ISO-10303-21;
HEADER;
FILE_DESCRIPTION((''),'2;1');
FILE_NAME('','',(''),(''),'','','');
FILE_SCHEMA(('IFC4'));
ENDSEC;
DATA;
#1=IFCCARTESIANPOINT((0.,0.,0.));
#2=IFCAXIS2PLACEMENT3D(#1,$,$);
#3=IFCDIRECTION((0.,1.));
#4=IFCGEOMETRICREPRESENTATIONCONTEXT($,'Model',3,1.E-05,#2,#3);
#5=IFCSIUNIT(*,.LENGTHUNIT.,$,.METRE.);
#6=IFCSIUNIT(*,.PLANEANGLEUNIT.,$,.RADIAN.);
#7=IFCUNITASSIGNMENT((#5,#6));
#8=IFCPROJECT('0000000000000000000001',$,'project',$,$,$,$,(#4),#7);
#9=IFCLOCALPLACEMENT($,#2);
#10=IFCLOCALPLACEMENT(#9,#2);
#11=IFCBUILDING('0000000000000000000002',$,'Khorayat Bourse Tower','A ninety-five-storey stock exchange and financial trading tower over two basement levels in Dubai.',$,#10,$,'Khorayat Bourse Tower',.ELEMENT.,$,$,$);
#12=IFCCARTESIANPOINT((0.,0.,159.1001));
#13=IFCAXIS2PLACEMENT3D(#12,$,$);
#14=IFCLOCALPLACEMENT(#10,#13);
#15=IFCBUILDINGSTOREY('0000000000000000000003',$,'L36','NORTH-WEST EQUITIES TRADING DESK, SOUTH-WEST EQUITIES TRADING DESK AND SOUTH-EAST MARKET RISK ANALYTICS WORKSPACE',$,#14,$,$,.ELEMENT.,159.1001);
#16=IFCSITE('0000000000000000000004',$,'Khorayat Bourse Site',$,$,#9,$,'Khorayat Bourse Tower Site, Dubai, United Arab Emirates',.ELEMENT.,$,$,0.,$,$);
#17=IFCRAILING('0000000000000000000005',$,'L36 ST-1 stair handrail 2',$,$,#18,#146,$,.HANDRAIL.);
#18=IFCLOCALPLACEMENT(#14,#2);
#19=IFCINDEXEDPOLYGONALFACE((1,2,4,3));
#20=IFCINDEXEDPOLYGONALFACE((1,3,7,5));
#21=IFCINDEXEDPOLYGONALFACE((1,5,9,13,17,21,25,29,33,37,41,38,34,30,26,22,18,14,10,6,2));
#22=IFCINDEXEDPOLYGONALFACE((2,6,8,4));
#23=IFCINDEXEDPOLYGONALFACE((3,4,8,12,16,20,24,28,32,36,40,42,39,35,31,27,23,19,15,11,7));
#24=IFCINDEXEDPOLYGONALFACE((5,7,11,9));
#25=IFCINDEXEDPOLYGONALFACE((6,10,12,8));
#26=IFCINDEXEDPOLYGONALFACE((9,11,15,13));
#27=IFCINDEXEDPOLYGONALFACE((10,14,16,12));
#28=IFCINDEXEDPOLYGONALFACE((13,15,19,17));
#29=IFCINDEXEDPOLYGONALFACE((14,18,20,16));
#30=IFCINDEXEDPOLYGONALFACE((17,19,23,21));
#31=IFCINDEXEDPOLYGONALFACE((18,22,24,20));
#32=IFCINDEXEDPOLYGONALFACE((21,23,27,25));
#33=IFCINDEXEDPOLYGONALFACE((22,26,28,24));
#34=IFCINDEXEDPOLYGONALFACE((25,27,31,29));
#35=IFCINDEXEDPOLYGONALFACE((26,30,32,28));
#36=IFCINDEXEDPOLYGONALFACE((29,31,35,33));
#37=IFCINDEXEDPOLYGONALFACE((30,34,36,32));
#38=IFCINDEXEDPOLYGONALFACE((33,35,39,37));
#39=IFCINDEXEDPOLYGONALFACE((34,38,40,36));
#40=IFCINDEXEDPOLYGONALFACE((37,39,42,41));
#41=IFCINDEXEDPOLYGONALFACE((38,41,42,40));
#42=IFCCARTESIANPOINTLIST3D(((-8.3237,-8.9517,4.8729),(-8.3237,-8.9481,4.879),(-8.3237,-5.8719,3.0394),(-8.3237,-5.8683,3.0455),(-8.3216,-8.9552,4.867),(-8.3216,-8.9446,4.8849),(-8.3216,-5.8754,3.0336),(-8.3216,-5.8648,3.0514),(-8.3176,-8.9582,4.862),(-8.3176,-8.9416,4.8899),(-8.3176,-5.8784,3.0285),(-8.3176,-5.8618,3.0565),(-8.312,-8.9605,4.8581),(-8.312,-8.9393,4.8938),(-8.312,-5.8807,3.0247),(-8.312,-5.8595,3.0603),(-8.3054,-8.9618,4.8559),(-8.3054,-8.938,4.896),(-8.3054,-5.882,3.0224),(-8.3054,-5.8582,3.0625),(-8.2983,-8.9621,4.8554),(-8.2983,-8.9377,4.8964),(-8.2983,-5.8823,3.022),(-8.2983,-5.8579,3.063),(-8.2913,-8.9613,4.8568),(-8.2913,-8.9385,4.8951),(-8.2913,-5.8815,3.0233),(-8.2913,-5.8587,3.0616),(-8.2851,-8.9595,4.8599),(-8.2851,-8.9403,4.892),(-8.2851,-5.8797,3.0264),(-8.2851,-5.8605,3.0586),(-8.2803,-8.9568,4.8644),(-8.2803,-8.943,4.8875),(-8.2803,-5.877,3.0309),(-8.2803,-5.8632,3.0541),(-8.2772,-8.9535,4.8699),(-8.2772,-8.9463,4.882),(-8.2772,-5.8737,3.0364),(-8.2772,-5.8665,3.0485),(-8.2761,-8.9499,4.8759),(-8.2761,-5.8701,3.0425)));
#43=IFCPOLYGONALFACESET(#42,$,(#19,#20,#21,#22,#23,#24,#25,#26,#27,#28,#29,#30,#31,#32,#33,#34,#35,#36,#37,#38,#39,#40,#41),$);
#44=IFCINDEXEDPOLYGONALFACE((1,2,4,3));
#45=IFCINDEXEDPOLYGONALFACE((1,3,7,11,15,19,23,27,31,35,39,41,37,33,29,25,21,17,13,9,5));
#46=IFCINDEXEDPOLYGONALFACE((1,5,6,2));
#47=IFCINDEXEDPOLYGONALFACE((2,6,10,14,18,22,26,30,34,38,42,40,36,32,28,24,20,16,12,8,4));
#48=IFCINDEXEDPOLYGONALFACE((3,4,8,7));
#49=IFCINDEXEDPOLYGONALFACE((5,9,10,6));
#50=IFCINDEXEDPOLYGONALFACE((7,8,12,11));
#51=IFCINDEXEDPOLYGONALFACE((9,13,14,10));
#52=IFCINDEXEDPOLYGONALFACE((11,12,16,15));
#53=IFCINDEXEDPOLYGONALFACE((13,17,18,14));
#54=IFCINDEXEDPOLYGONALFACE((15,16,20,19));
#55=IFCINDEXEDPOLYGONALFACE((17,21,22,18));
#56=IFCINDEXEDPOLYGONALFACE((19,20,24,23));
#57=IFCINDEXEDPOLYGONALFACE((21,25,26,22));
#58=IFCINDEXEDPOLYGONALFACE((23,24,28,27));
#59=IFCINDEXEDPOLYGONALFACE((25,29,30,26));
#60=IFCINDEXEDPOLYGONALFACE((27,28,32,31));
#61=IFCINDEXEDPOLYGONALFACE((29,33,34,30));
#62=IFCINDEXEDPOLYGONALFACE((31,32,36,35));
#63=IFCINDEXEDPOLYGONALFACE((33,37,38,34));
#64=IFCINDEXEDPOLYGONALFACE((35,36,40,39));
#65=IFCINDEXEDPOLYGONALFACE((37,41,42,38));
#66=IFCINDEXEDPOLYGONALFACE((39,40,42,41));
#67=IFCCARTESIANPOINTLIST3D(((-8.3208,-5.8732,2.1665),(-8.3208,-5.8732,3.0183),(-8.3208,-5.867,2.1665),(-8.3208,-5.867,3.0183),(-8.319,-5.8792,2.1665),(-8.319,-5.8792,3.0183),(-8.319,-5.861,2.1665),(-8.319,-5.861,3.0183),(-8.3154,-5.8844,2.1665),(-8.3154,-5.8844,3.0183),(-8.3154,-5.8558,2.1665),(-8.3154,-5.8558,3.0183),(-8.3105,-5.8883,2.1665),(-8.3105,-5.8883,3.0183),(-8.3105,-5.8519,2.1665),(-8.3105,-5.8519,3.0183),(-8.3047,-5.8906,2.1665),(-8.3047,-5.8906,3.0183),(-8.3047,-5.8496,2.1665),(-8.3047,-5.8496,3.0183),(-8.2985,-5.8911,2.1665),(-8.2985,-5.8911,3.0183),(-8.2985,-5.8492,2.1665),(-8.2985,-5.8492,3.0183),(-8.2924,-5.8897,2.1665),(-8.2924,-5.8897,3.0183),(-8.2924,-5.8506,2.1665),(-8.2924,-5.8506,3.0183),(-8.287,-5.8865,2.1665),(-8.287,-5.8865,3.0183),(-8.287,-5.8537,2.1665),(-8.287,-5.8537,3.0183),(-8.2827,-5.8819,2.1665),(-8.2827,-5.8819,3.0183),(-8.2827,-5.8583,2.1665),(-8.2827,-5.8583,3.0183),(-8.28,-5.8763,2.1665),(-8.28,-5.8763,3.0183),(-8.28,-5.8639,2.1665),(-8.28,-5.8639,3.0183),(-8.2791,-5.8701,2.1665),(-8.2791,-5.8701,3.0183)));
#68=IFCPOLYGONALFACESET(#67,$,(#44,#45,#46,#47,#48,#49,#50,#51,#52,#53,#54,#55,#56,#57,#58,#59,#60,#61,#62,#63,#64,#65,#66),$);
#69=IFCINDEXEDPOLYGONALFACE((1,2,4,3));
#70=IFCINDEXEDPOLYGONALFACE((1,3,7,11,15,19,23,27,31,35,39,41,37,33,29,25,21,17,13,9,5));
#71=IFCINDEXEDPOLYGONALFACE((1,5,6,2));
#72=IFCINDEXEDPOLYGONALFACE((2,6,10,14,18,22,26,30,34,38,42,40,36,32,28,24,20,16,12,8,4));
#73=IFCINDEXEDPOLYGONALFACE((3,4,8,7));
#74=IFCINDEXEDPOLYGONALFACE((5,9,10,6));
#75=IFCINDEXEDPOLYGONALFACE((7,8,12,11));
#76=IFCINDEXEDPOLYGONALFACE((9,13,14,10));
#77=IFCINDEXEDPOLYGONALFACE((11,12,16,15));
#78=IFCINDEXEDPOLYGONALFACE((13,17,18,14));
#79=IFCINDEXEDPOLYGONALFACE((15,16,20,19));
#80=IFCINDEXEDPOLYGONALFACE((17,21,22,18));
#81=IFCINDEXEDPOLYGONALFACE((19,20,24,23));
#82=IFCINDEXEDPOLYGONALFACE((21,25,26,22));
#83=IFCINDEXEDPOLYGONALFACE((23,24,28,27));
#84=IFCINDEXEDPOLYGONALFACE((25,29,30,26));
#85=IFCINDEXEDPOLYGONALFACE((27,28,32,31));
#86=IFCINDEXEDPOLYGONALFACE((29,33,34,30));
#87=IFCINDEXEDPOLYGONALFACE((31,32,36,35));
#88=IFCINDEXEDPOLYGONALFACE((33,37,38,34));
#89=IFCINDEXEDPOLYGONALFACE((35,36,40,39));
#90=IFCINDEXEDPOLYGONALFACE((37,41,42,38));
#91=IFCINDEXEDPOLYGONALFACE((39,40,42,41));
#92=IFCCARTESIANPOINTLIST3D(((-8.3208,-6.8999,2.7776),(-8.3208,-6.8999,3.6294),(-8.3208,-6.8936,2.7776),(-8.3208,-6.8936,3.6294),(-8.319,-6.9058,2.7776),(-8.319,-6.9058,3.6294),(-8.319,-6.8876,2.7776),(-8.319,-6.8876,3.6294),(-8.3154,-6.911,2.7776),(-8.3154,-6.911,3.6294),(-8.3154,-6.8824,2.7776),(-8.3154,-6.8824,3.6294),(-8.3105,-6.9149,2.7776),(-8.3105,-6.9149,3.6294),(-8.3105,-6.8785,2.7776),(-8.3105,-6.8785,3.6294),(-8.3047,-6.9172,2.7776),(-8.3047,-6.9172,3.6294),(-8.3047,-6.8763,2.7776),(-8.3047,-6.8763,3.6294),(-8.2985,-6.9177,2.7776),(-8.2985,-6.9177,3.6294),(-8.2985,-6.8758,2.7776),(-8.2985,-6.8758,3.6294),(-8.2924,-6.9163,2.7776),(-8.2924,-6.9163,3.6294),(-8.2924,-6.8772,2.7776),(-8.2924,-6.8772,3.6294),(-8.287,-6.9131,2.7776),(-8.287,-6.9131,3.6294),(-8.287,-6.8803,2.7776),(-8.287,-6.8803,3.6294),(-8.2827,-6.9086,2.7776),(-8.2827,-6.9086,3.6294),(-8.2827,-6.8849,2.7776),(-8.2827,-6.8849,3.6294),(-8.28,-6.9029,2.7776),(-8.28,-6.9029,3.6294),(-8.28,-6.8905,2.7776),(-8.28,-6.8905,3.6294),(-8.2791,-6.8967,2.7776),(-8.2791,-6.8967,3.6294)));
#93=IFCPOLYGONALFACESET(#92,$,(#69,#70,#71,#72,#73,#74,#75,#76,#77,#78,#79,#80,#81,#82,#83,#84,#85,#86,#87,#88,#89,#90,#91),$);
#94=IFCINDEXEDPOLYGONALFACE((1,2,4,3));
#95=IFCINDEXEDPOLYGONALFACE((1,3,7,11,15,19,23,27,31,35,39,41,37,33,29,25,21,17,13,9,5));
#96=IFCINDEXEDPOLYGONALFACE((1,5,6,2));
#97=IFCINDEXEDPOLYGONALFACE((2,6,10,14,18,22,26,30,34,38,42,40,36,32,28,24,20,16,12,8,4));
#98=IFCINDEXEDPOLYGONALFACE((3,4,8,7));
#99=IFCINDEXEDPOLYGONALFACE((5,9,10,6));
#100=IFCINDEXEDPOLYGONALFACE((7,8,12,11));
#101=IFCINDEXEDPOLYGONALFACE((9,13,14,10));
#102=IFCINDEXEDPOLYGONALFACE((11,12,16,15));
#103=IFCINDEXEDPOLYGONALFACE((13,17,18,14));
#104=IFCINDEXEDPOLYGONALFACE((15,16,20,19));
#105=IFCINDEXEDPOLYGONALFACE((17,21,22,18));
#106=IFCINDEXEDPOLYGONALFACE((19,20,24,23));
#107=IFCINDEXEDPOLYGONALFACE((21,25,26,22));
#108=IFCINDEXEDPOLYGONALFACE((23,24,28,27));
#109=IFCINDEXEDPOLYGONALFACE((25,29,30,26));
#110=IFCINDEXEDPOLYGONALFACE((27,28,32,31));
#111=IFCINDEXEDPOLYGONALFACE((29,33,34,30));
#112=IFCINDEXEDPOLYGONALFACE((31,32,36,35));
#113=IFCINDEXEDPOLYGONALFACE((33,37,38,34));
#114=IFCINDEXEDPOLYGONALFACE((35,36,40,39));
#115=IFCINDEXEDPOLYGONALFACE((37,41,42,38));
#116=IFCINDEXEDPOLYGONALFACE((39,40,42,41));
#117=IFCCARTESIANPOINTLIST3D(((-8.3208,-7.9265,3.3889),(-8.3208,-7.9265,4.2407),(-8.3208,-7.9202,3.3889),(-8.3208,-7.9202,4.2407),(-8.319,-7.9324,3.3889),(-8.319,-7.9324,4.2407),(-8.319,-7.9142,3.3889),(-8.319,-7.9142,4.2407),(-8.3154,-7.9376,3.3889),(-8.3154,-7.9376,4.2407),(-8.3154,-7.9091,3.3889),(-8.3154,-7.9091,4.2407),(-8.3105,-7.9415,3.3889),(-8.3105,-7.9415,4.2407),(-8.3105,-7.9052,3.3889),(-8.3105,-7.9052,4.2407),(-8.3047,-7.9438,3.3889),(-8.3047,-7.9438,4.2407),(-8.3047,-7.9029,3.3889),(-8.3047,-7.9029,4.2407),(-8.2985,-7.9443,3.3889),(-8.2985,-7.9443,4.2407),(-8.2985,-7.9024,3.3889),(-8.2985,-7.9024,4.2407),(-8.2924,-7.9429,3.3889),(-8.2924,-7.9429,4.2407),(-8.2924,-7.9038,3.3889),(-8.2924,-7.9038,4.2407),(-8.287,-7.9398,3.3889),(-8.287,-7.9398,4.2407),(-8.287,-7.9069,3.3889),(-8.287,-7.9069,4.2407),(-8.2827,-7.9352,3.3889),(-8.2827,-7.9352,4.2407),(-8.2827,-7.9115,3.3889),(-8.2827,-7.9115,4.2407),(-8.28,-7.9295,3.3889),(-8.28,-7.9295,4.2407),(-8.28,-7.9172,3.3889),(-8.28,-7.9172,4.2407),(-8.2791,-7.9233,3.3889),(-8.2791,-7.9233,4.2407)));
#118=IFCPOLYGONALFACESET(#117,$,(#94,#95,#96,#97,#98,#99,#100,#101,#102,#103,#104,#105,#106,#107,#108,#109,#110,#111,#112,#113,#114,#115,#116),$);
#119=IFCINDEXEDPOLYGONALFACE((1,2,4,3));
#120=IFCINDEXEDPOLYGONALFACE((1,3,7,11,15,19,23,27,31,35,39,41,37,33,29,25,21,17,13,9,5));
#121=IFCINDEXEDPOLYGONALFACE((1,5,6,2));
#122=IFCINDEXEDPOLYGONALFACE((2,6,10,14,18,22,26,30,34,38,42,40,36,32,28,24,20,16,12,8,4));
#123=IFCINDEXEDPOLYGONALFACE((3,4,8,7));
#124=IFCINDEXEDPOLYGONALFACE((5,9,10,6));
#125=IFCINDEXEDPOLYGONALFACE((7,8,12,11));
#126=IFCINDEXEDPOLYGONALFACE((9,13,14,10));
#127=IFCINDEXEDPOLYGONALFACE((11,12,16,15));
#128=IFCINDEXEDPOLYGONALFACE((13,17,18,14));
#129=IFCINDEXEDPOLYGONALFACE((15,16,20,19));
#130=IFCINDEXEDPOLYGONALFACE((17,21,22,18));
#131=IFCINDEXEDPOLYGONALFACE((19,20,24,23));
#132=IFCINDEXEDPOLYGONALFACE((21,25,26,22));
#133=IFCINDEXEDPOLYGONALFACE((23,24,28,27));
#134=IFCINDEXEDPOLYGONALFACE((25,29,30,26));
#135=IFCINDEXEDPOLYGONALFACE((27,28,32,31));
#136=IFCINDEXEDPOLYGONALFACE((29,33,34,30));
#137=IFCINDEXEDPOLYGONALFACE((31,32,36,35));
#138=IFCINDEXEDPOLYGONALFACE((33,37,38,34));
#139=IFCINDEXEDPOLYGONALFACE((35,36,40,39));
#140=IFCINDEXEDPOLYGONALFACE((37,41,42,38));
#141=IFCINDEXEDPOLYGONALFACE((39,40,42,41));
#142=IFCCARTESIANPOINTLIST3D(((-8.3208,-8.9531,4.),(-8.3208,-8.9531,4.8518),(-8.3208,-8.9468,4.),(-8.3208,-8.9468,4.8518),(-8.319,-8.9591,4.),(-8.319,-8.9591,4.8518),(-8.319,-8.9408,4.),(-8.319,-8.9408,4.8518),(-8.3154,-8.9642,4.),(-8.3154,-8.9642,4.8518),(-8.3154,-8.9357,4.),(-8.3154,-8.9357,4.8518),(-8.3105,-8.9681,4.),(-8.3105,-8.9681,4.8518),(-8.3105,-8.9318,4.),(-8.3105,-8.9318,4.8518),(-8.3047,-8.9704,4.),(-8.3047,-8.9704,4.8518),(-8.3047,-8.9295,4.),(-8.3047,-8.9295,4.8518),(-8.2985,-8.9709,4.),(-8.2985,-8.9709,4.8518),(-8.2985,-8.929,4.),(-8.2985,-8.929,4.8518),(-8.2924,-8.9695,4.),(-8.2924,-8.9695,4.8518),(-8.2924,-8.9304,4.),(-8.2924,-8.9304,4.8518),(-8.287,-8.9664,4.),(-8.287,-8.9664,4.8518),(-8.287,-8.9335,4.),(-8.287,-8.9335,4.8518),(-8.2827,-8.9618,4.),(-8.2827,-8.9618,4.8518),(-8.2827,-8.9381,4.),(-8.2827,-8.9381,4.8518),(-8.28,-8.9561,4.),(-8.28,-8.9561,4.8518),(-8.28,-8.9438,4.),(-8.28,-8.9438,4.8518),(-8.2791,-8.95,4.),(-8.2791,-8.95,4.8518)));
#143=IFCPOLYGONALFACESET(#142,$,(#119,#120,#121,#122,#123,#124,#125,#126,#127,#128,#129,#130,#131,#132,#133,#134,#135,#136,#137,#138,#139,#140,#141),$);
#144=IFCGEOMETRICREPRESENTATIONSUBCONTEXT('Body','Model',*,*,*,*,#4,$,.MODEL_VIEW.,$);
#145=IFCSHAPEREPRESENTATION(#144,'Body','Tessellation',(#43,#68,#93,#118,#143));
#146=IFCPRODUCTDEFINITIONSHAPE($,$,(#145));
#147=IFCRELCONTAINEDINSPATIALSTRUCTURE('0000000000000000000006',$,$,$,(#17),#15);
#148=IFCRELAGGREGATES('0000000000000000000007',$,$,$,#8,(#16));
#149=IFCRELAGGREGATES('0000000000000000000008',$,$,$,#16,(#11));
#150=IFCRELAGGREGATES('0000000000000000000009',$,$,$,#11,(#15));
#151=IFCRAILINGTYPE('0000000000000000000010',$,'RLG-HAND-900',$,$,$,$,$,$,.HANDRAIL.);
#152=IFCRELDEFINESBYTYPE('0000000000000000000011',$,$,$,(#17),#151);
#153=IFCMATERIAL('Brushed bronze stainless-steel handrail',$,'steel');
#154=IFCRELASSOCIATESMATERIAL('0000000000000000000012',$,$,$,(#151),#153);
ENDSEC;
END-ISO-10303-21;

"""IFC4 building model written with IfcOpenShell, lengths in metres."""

from ifc_helpers import new_model, si_unit, direction, frame, origin, origin_2d, place, context, subcontext, project, spatial, circle, extrude, source, transform, mapped, material, type_object, element, save


model = new_model("IFC4")

# Units and contexts
model_context = context("Model", 3, precision=1e-05, world=origin(), true_north=direction((0.0, 1.0)))
body_context = subcontext(model_context, "Body", "Model", "MODEL_VIEW")
ifc_project = project(units=[si_unit("LENGTHUNIT", "METRE"), si_unit("PLANEANGLEUNIT", "RADIAN")], contexts=[model_context])

# Site, building, storey
site_placement = place(None, origin())
site = spatial("IfcSite", under=ifc_project, at=site_placement, Name="Khorayat Bourse Site", LongName="Khorayat Bourse Tower Site, Dubai, United Arab Emirates", CompositionType="ELEMENT", RefElevation=0.0)
building_placement = place(site_placement, origin())
building = spatial("IfcBuilding", under=site, at=building_placement, Name="Khorayat Bourse Tower", Description="A ninety-five-storey stock exchange and financial trading tower over two basement levels in Dubai.", LongName="Khorayat Bourse Tower", CompositionType="ELEMENT")
storey_placement = place(building_placement, frame((0.0, 0.0, 159.1001)))
storey = spatial("IfcBuildingStorey", under=building, at=storey_placement, Name="L36", Description="NORTH-WEST EQUITIES TRADING DESK, SOUTH-WEST EQUITIES TRADING DESK AND SOUTH-EAST MARKET RISK ANALYTICS WORKSPACE", CompositionType="ELEMENT", Elevation=159.1001)

# Railing
ifc_material_1 = material(Name="Brushed bronze stainless-steel handrail", Category="steel")
railing_type_1 = type_object("IfcRailingType", Name="RLG-HAND-900", PredefinedType="HANDRAIL", material=ifc_material_1)
shared_shape_1 = source(origin(), body_context, "Body", "SweptSolid", [
    extrude(circle(Radius=0.0239, at=origin_2d()), frame((0.0, 0.0, 0.876), z_axis=(0.0, -0.859261, 0.511538), x_axis=(1.0, 0.0, 0.0)), (0.0, 0.0, 1.0), 3.5842),
    extrude(circle(Radius=0.021, at=origin_2d()), origin(), (0.0, 0.0, 1.0), 0.8518),
    extrude(circle(Radius=0.021, at=origin_2d()), frame((0.0, -1.0266, 0.6111)), (0.0, 0.0, 1.0), 0.8518),
    extrude(circle(Radius=0.021, at=origin_2d()), frame((0.0, -2.0532, 1.2224)), (0.0, 0.0, 1.0), 0.8518),
    extrude(circle(Radius=0.021, at=origin_2d()), frame((0.0, -3.0798, 1.8335)), (0.0, 0.0, 1.0), 0.8518),
])
railing_1_placement = place(storey_placement, frame((-8.3, -5.8701, 2.1665)))
element("IfcRailing", 1, at=railing_1_placement, inside=storey, type_object=railing_type_1, Name="L36 ST-1 stair handrail 2", PredefinedType="HANDRAIL", context=body_context, shape_type="MappedRepresentation", body=[
    mapped(shared_shape_1, transform((0.0, 0.0, 0.0), scale=1.0)),
])

save(model, "model.ifc")
